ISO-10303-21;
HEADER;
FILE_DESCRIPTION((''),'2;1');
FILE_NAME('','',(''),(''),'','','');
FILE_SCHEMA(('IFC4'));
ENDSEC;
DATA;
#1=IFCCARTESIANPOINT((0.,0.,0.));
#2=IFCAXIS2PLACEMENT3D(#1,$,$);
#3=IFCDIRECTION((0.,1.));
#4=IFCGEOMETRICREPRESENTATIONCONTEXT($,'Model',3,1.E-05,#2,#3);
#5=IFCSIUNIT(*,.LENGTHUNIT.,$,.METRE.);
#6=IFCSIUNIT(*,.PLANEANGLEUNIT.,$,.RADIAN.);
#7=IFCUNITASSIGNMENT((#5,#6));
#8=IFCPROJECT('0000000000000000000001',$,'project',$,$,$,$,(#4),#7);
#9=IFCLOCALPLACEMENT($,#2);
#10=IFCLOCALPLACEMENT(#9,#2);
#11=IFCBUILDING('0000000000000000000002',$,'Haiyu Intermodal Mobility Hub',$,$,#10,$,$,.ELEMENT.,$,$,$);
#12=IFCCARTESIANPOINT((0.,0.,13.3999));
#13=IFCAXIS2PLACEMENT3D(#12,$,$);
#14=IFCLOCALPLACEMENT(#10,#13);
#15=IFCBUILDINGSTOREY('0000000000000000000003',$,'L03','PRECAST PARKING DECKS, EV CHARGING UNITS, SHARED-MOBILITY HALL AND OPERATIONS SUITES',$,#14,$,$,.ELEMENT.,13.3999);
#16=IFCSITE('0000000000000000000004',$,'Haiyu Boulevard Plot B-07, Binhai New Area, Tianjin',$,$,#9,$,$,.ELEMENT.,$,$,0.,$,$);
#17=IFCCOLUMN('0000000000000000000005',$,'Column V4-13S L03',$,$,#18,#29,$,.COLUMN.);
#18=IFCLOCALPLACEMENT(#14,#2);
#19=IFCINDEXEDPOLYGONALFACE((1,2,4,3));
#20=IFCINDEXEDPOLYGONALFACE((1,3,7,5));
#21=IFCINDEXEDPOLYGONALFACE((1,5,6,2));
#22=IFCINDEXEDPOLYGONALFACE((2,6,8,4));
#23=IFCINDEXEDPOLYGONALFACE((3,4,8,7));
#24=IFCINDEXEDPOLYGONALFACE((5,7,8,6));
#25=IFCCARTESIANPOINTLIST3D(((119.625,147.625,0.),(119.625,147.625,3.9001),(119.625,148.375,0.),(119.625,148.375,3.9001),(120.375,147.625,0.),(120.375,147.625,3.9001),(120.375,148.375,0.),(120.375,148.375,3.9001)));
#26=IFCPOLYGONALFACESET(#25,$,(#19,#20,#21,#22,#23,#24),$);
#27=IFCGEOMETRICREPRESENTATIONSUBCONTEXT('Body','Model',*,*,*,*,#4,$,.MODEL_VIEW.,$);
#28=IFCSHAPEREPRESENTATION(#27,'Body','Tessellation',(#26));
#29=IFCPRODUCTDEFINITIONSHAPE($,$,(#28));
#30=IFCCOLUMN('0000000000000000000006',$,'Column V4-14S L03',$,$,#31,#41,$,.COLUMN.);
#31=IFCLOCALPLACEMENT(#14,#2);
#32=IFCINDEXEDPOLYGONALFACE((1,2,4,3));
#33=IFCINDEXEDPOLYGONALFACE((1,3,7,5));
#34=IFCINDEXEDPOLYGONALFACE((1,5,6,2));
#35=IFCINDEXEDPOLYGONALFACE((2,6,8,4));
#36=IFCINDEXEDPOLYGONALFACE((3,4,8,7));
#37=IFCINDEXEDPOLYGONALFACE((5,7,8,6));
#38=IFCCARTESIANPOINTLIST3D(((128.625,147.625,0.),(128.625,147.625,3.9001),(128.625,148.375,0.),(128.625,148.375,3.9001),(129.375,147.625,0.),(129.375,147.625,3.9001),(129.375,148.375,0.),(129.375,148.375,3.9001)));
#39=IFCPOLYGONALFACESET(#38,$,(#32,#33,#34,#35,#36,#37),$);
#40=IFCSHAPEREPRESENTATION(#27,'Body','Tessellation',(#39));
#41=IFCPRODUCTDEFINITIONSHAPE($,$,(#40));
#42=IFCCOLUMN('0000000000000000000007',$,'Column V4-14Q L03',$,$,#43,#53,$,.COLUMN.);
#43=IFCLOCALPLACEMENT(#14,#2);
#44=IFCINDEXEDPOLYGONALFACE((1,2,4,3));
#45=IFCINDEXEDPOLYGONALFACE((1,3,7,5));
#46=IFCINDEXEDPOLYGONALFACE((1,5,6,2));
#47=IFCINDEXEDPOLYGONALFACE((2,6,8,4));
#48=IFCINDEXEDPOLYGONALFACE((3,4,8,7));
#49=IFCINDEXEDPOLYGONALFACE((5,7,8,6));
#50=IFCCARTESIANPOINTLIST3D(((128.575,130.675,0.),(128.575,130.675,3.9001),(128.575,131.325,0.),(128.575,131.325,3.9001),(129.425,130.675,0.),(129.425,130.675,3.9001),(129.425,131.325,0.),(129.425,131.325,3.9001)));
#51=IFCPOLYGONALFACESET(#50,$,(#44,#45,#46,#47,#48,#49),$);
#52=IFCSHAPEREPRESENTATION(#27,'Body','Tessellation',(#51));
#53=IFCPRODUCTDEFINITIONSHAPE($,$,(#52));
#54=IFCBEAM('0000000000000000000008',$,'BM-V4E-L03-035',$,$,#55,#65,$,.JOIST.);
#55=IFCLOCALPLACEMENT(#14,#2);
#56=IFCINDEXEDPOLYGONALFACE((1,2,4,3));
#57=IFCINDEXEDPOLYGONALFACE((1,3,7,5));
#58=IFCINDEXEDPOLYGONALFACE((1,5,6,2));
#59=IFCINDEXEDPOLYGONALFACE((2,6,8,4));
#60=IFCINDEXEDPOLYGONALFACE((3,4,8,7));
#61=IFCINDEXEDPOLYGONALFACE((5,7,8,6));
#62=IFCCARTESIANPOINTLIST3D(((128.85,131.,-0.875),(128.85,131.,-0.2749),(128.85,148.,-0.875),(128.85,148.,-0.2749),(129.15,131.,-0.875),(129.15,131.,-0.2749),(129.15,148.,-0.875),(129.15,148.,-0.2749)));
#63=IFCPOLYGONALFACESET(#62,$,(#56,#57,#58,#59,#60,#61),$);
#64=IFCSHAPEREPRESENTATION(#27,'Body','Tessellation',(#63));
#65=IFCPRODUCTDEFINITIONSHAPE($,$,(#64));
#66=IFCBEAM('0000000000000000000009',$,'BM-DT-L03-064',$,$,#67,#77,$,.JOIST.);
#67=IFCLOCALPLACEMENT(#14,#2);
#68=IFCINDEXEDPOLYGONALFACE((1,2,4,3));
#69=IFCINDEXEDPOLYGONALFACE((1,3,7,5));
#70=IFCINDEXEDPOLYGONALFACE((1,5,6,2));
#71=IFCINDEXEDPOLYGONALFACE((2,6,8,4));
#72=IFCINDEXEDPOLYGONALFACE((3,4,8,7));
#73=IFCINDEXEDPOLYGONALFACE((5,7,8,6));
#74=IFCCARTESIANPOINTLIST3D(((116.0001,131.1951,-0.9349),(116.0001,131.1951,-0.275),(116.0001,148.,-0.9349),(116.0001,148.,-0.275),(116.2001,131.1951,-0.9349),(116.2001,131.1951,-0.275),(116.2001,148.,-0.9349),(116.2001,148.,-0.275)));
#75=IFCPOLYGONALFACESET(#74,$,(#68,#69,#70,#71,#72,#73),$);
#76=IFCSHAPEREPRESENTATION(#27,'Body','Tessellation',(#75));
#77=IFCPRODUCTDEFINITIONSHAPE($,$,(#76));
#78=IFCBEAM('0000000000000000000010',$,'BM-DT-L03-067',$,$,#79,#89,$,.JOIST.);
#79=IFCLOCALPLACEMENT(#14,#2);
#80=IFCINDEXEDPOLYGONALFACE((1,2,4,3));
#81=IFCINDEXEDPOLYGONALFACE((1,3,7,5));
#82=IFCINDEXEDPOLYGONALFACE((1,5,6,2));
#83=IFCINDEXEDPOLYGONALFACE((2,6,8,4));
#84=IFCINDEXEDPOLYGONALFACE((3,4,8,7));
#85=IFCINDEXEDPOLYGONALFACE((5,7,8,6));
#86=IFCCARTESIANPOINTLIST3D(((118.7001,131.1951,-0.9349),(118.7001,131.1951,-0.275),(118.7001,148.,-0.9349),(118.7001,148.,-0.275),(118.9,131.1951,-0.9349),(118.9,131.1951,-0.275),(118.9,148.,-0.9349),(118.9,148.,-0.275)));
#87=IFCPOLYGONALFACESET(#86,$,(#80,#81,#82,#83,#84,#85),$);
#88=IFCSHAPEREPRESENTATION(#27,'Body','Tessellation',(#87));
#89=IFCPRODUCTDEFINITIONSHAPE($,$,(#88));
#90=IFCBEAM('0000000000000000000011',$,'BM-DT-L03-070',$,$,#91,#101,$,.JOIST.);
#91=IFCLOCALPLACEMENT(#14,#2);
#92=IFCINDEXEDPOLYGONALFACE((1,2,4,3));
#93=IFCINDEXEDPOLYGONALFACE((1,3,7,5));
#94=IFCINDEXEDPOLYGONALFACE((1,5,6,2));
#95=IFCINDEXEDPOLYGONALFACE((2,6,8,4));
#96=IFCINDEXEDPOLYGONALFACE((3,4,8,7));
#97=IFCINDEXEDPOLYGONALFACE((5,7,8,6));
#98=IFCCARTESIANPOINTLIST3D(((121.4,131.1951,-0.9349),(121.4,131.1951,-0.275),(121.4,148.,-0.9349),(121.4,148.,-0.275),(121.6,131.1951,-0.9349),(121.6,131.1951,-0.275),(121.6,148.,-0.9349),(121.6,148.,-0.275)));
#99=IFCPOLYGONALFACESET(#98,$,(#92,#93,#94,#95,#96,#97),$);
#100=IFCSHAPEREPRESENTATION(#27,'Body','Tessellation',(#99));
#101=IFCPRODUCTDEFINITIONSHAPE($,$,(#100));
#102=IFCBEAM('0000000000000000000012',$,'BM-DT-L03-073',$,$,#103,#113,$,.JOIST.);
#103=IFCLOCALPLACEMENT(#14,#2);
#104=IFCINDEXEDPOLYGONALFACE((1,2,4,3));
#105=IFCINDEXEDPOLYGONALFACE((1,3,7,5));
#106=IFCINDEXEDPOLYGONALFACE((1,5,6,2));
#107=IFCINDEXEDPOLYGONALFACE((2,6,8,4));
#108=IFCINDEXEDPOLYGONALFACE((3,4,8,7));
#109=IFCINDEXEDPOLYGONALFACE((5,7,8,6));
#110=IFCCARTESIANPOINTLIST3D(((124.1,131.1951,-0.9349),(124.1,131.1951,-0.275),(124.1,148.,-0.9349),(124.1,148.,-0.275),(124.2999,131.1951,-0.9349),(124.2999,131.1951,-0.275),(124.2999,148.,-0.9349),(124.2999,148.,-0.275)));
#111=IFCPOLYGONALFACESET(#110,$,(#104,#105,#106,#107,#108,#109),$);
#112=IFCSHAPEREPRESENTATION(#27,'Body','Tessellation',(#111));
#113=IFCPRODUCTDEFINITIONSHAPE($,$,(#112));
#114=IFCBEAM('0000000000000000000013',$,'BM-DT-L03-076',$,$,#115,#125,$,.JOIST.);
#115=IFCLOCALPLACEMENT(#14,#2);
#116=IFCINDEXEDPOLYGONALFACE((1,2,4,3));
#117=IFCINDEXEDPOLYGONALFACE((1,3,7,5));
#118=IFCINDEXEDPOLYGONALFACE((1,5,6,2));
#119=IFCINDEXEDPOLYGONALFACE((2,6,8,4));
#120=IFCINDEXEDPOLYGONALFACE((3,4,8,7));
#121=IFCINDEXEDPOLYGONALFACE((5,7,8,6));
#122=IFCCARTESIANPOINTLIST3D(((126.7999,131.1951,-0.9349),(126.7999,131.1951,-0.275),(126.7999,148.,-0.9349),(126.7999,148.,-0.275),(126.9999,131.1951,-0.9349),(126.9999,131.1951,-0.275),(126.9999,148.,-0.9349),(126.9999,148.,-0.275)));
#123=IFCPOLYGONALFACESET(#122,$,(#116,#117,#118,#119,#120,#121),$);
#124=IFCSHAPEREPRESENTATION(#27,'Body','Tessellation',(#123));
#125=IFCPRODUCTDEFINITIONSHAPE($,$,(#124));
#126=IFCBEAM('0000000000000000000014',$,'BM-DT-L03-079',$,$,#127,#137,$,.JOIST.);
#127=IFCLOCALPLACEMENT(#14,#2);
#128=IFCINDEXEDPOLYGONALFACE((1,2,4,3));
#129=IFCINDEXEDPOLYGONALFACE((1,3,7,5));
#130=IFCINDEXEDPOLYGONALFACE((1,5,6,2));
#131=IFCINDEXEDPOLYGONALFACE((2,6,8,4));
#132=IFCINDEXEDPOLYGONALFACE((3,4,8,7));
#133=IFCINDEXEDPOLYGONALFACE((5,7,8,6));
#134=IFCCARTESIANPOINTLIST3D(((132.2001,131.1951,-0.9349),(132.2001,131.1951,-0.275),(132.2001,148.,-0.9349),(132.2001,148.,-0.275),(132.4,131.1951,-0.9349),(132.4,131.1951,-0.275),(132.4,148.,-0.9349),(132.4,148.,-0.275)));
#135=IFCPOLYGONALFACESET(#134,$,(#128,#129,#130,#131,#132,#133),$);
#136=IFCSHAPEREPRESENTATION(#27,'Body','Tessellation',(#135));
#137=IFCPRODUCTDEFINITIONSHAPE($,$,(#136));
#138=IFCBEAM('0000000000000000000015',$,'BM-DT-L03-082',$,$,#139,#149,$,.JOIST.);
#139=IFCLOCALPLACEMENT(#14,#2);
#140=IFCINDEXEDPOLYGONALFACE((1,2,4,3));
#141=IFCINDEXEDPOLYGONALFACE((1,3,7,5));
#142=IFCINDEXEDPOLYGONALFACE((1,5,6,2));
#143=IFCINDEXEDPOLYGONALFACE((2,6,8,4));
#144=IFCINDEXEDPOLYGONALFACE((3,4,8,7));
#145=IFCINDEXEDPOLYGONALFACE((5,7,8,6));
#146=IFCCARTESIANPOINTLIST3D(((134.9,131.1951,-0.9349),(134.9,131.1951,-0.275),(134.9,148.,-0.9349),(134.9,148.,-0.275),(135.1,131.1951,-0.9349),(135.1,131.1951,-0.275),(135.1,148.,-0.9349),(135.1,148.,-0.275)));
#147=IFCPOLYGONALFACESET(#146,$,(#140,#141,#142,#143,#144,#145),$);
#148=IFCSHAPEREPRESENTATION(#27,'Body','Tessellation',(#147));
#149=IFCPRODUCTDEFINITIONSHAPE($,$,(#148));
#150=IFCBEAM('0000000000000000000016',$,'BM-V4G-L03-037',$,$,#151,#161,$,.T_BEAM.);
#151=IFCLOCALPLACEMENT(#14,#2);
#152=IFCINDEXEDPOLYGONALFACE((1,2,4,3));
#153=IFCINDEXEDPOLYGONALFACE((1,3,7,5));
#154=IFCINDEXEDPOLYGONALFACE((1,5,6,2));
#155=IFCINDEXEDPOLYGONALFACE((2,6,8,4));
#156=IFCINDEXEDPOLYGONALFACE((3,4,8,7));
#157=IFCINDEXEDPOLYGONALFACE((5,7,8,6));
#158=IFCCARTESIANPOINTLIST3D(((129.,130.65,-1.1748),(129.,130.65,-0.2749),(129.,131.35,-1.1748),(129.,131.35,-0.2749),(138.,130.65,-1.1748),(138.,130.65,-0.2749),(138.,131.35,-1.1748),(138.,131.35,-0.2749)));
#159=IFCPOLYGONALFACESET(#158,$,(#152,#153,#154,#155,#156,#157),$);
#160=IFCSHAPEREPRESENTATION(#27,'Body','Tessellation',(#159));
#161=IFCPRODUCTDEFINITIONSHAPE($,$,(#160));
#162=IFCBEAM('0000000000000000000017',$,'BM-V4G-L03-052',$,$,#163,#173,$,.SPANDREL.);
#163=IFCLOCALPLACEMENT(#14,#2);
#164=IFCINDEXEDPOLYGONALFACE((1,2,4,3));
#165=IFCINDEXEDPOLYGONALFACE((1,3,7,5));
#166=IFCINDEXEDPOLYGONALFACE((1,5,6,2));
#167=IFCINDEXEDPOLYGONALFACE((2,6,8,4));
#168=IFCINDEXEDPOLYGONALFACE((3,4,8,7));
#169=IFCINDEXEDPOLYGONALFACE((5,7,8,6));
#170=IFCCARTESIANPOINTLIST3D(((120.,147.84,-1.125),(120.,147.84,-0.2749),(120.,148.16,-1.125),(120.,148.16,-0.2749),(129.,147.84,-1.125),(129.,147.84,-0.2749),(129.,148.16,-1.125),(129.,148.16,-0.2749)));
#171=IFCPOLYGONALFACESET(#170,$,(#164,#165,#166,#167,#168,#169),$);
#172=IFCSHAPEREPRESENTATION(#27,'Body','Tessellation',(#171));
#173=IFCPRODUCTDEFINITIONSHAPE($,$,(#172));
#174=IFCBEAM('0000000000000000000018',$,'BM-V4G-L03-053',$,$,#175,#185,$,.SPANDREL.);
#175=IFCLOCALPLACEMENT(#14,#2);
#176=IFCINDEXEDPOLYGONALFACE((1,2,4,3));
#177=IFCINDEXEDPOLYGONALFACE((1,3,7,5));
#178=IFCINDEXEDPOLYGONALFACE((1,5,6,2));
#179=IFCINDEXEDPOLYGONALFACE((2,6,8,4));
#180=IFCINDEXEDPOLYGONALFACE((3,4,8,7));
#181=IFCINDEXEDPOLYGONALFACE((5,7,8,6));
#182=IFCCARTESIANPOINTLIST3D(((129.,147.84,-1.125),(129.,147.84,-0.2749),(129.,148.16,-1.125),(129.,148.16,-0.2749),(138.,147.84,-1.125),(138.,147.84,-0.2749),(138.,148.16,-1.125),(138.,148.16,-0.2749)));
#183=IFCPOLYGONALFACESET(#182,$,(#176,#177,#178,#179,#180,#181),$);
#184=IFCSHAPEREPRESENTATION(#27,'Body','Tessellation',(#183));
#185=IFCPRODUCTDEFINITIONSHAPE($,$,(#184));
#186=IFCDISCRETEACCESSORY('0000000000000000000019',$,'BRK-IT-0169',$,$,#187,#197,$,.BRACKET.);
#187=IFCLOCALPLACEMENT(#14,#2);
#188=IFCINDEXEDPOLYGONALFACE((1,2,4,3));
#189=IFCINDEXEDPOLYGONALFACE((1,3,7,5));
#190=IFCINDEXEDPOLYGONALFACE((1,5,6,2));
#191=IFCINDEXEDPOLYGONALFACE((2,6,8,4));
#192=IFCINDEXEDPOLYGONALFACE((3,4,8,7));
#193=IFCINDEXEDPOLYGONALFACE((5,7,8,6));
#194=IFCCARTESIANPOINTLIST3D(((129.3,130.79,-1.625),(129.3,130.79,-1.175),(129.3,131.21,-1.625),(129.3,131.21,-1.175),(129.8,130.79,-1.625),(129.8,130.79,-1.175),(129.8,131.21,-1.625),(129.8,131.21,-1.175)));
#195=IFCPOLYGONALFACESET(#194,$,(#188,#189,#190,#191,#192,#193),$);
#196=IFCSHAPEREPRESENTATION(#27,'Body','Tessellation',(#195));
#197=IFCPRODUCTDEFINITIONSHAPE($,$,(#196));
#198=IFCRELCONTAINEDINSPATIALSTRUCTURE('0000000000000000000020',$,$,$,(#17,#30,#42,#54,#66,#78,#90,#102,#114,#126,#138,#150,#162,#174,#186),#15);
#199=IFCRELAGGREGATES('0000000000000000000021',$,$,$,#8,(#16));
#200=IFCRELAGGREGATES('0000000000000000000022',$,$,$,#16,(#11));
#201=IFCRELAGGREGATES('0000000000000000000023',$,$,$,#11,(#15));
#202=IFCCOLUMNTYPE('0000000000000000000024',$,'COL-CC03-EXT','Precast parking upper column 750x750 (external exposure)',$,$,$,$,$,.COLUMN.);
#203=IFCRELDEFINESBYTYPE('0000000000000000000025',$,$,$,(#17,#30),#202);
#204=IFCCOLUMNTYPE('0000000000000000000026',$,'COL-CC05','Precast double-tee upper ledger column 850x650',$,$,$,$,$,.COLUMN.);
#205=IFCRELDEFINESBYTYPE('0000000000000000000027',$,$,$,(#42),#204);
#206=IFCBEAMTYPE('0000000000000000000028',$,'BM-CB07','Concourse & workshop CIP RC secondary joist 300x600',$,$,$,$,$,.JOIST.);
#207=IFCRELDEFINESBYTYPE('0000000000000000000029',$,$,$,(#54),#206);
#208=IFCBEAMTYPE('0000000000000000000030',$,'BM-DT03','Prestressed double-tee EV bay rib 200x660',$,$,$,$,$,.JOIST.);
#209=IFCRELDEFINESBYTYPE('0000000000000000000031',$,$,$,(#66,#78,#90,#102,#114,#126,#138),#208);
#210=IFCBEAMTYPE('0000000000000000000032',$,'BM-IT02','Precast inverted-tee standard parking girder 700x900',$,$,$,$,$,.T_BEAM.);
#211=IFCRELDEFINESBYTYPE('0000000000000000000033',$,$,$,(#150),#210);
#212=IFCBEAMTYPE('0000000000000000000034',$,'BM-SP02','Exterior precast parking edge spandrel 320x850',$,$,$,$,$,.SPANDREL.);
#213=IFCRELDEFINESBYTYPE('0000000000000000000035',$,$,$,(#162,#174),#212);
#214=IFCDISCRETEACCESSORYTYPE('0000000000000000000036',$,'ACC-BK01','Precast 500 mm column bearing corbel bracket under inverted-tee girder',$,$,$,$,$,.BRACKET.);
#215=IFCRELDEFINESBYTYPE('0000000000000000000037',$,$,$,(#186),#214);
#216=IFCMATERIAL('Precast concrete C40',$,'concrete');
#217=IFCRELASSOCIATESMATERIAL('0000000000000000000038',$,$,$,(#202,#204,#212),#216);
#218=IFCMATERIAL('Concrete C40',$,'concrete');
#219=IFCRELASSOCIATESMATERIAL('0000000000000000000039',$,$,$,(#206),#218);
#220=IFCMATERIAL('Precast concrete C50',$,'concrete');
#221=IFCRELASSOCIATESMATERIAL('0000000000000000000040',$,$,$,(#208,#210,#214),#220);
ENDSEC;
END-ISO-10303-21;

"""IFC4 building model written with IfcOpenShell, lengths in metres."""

from ifc_helpers import new_model, si_unit, direction, frame, origin, origin_2d, place, context, subcontext, project, spatial, rectangle, extrude, material, material_profile, profile_set, type_object, element, save


model = new_model("IFC4")

# Units and contexts
model_context = context("Model", 3, precision=1e-05, world=origin(), true_north=direction((0.0, 1.0)))
body_context = subcontext(model_context, "Body", "Model", "MODEL_VIEW")
ifc_project = project(units=[si_unit("LENGTHUNIT", "METRE"), si_unit("PLANEANGLEUNIT", "RADIAN")], contexts=[model_context])

# Site, building, storey
site_placement = place(None, origin())
site = spatial("IfcSite", under=ifc_project, at=site_placement, Name="Haiyu Boulevard Plot B-07, Binhai New Area, Tianjin", CompositionType="ELEMENT", RefElevation=0.0)
building_placement = place(site_placement, origin())
building = spatial("IfcBuilding", under=site, at=building_placement, Name="Haiyu Intermodal Mobility Hub", CompositionType="ELEMENT")
storey_placement = place(building_placement, frame((0.0, 0.0, 13.3999)))
storey = spatial("IfcBuildingStorey", under=building, at=storey_placement, Name="L03", Description="PRECAST PARKING DECKS, EV CHARGING UNITS, SHARED-MOBILITY HALL AND OPERATIONS SUITES", CompositionType="ELEMENT", Elevation=13.3999)

# Columns
ifc_material_1 = material(Name="Precast concrete C40", Category="concrete")
ifc_material_profile_1 = material_profile(ifc_material_1, rectangle(XDim=0.75, YDim=0.75, at=origin_2d()), Name="RC750x750")
ifc_profile_set_1 = profile_set([ifc_material_profile_1], Name="Precast concrete C40")
column_type_1 = type_object("IfcColumnType", Name="COL-CC03-EXT", Description="Precast parking upper column 750x750 (external exposure)", PredefinedType="COLUMN", material=ifc_profile_set_1)
for number, where, z_axis, x_axis, name in (
    (1, (120.0, 148.0, 0.0), (0.0, 0.0, 1.0), (1.0, 0.0, 0.0), "Column V4-13S L03"),
    (2, (129.0, 148.0, 0.0), (0.0, 0.0, 1.0), (1.0, 0.0, 0.0), "Column V4-14S L03"),
):
    element("IfcColumn", number, at=place(storey_placement, frame(where, z_axis=z_axis, x_axis=x_axis)), inside=storey, type_object=column_type_1, Name=name, PredefinedType="COLUMN", context=body_context, shape_type="SweptSolid", body=[
        extrude(rectangle(XDim=0.75, YDim=0.75, at=origin_2d()), origin(), (0.0, 0.0, 1.0), 3.9001),
    ])
ifc_material_profile_2 = material_profile(ifc_material_1, rectangle(XDim=0.8501, YDim=0.6499, at=origin_2d()), Name="RC850x650")
ifc_profile_set_2 = profile_set([ifc_material_profile_2], Name="Precast concrete C40")
column_type_2 = type_object("IfcColumnType", Name="COL-CC05", Description="Precast double-tee upper ledger column 850x650", PredefinedType="COLUMN", material=ifc_profile_set_2)
column_placement = place(storey_placement, frame((129.0, 131.0, 0.0), z_axis=(0.0, 0.0, 1.0), x_axis=(1.0, 0.0, 0.0)))
element("IfcColumn", 3, at=column_placement, inside=storey, type_object=column_type_2, Name="Column V4-14Q L03", PredefinedType="COLUMN", context=body_context, shape_type="SweptSolid", body=[
    extrude(rectangle(XDim=0.8501, YDim=0.6499, at=origin_2d()), origin(), (0.0, 0.0, 1.0), 3.9001),
])

# Beams
ifc_material_2 = material(Name="Concrete C40", Category="concrete")
ifc_material_profile_3 = material_profile(ifc_material_2, rectangle(XDim=0.3, YDim=0.6001, at=origin_2d()), Name="RCB300x600")
ifc_profile_set_3 = profile_set([ifc_material_profile_3], Name="Concrete C40")
beam_type_1 = type_object("IfcBeamType", Name="BM-CB07", Description="Concourse & workshop CIP RC secondary joist 300x600", PredefinedType="JOIST", material=ifc_profile_set_3)
beam_1_placement = place(storey_placement, frame((129.0, 131.0, -0.575), z_axis=(0.0, 1.0, 0.0), x_axis=(-1.0, 0.0, 0.0)))
element("IfcBeam", 4, at=beam_1_placement, inside=storey, type_object=beam_type_1, Name="BM-V4E-L03-035", PredefinedType="JOIST", context=body_context, shape_type="SweptSolid", body=[
    extrude(rectangle(XDim=0.3, YDim=0.6001, at=origin_2d()), origin(), (0.0, 0.0, 1.0), 17.0),
])
ifc_material_3 = material(Name="Precast concrete C50", Category="concrete")
ifc_material_profile_4 = material_profile(ifc_material_3, rectangle(XDim=0.2, YDim=0.6599, at=origin_2d()), Name="PC200x660")
ifc_profile_set_4 = profile_set([ifc_material_profile_4], Name="Precast concrete C50")
beam_type_2 = type_object("IfcBeamType", Name="BM-DT03", Description="Prestressed double-tee EV bay rib 200x660", PredefinedType="JOIST", material=ifc_profile_set_4)
for number, where, z_axis, x_axis, name in (
    (5, (116.1001, 131.1951, -0.605), (0.0, 1.0, 0.0), (-1.0, 0.0, 0.0), "BM-DT-L03-064"),
    (6, (118.8, 131.1951, -0.605), (0.0, 1.0, 0.0), (-1.0, 0.0, 0.0), "BM-DT-L03-067"),
    (7, (121.5, 131.1951, -0.605), (0.0, 1.0, 0.0), (-1.0, 0.0, 0.0), "BM-DT-L03-070"),
    (8, (124.2, 131.1951, -0.605), (0.0, 1.0, 0.0), (-1.0, 0.0, 0.0), "BM-DT-L03-073"),
    (9, (126.8999, 131.1951, -0.605), (0.0, 1.0, 0.0), (-1.0, 0.0, 0.0), "BM-DT-L03-076"),
    (10, (132.3, 131.1951, -0.605), (0.0, 1.0, 0.0), (-1.0, 0.0, 0.0), "BM-DT-L03-079"),
    (11, (135.0, 131.1951, -0.605), (0.0, 1.0, 0.0), (-1.0, 0.0, 0.0), "BM-DT-L03-082"),
):
    element("IfcBeam", number, at=place(storey_placement, frame(where, z_axis=z_axis, x_axis=x_axis)), inside=storey, type_object=beam_type_2, Name=name, PredefinedType="JOIST", context=body_context, shape_type="SweptSolid", body=[
        extrude(rectangle(XDim=0.2, YDim=0.6599, at=origin_2d()), origin(), (0.0, 0.0, 1.0), 16.8049),
    ])
ifc_material_profile_5 = material_profile(ifc_material_3, rectangle(XDim=0.7, YDim=0.8999, at=origin_2d()), Name="PC700x900")
ifc_profile_set_5 = profile_set([ifc_material_profile_5], Name="Precast concrete C50")
beam_type_3 = type_object("IfcBeamType", Name="BM-IT02", Description="Precast inverted-tee standard parking girder 700x900", PredefinedType="T_BEAM", material=ifc_profile_set_5)
beam_2_placement = place(storey_placement, frame((129.0, 131.0, -0.7249), z_axis=(1.0, 0.0, 0.0), x_axis=(0.0, 1.0, 0.0)))
element("IfcBeam", 12, at=beam_2_placement, inside=storey, type_object=beam_type_3, Name="BM-V4G-L03-037", PredefinedType="T_BEAM", context=body_context, shape_type="SweptSolid", body=[
    extrude(rectangle(XDim=0.7, YDim=0.8999, at=origin_2d()), origin(), (0.0, 0.0, 1.0), 9.0),
])
ifc_material_profile_6 = material_profile(ifc_material_1, rectangle(XDim=0.3201, YDim=0.8501, at=origin_2d()), Name="PC320x850")
ifc_profile_set_6 = profile_set([ifc_material_profile_6], Name="Precast concrete C40")
beam_type_4 = type_object("IfcBeamType", Name="BM-SP02", Description="Exterior precast parking edge spandrel 320x850", PredefinedType="SPANDREL", material=ifc_profile_set_6)
for number, where, z_axis, x_axis, name in (
    (13, (120.0, 148.0, -0.7), (1.0, 0.0, 0.0), (0.0, 1.0, 0.0), "BM-V4G-L03-052"),
    (14, (129.0, 148.0, -0.7), (1.0, 0.0, 0.0), (0.0, 1.0, 0.0), "BM-V4G-L03-053"),
):
    element("IfcBeam", number, at=place(storey_placement, frame(where, z_axis=z_axis, x_axis=x_axis)), inside=storey, type_object=beam_type_4, Name=name, PredefinedType="SPANDREL", context=body_context, shape_type="SweptSolid", body=[
        extrude(rectangle(XDim=0.3201, YDim=0.8501, at=origin_2d()), origin(), (0.0, 0.0, 1.0), 9.0),
    ])

# Discrete accessory
discrete_accessory_type_1 = type_object("IfcDiscreteAccessoryType", Name="ACC-BK01", Description="Precast 500 mm column bearing corbel bracket under inverted-tee girder", PredefinedType="BRACKET", material=ifc_material_3)
discrete_accessory_placement = place(storey_placement, frame((129.55, 131.0, -1.625), z_axis=(0.0, 0.0, 1.0), x_axis=(1.0, 0.0, 0.0)))
element("IfcDiscreteAccessory", 15, at=discrete_accessory_placement, inside=storey, type_object=discrete_accessory_type_1, Name="BRK-IT-0169", PredefinedType="BRACKET", context=body_context, shape_type="SweptSolid", body=[
    extrude(rectangle(XDim=0.5, YDim=0.4199, at=origin_2d()), origin(), (0.0, 0.0, 1.0), 0.45),
])

save(model, "model.ifc")
